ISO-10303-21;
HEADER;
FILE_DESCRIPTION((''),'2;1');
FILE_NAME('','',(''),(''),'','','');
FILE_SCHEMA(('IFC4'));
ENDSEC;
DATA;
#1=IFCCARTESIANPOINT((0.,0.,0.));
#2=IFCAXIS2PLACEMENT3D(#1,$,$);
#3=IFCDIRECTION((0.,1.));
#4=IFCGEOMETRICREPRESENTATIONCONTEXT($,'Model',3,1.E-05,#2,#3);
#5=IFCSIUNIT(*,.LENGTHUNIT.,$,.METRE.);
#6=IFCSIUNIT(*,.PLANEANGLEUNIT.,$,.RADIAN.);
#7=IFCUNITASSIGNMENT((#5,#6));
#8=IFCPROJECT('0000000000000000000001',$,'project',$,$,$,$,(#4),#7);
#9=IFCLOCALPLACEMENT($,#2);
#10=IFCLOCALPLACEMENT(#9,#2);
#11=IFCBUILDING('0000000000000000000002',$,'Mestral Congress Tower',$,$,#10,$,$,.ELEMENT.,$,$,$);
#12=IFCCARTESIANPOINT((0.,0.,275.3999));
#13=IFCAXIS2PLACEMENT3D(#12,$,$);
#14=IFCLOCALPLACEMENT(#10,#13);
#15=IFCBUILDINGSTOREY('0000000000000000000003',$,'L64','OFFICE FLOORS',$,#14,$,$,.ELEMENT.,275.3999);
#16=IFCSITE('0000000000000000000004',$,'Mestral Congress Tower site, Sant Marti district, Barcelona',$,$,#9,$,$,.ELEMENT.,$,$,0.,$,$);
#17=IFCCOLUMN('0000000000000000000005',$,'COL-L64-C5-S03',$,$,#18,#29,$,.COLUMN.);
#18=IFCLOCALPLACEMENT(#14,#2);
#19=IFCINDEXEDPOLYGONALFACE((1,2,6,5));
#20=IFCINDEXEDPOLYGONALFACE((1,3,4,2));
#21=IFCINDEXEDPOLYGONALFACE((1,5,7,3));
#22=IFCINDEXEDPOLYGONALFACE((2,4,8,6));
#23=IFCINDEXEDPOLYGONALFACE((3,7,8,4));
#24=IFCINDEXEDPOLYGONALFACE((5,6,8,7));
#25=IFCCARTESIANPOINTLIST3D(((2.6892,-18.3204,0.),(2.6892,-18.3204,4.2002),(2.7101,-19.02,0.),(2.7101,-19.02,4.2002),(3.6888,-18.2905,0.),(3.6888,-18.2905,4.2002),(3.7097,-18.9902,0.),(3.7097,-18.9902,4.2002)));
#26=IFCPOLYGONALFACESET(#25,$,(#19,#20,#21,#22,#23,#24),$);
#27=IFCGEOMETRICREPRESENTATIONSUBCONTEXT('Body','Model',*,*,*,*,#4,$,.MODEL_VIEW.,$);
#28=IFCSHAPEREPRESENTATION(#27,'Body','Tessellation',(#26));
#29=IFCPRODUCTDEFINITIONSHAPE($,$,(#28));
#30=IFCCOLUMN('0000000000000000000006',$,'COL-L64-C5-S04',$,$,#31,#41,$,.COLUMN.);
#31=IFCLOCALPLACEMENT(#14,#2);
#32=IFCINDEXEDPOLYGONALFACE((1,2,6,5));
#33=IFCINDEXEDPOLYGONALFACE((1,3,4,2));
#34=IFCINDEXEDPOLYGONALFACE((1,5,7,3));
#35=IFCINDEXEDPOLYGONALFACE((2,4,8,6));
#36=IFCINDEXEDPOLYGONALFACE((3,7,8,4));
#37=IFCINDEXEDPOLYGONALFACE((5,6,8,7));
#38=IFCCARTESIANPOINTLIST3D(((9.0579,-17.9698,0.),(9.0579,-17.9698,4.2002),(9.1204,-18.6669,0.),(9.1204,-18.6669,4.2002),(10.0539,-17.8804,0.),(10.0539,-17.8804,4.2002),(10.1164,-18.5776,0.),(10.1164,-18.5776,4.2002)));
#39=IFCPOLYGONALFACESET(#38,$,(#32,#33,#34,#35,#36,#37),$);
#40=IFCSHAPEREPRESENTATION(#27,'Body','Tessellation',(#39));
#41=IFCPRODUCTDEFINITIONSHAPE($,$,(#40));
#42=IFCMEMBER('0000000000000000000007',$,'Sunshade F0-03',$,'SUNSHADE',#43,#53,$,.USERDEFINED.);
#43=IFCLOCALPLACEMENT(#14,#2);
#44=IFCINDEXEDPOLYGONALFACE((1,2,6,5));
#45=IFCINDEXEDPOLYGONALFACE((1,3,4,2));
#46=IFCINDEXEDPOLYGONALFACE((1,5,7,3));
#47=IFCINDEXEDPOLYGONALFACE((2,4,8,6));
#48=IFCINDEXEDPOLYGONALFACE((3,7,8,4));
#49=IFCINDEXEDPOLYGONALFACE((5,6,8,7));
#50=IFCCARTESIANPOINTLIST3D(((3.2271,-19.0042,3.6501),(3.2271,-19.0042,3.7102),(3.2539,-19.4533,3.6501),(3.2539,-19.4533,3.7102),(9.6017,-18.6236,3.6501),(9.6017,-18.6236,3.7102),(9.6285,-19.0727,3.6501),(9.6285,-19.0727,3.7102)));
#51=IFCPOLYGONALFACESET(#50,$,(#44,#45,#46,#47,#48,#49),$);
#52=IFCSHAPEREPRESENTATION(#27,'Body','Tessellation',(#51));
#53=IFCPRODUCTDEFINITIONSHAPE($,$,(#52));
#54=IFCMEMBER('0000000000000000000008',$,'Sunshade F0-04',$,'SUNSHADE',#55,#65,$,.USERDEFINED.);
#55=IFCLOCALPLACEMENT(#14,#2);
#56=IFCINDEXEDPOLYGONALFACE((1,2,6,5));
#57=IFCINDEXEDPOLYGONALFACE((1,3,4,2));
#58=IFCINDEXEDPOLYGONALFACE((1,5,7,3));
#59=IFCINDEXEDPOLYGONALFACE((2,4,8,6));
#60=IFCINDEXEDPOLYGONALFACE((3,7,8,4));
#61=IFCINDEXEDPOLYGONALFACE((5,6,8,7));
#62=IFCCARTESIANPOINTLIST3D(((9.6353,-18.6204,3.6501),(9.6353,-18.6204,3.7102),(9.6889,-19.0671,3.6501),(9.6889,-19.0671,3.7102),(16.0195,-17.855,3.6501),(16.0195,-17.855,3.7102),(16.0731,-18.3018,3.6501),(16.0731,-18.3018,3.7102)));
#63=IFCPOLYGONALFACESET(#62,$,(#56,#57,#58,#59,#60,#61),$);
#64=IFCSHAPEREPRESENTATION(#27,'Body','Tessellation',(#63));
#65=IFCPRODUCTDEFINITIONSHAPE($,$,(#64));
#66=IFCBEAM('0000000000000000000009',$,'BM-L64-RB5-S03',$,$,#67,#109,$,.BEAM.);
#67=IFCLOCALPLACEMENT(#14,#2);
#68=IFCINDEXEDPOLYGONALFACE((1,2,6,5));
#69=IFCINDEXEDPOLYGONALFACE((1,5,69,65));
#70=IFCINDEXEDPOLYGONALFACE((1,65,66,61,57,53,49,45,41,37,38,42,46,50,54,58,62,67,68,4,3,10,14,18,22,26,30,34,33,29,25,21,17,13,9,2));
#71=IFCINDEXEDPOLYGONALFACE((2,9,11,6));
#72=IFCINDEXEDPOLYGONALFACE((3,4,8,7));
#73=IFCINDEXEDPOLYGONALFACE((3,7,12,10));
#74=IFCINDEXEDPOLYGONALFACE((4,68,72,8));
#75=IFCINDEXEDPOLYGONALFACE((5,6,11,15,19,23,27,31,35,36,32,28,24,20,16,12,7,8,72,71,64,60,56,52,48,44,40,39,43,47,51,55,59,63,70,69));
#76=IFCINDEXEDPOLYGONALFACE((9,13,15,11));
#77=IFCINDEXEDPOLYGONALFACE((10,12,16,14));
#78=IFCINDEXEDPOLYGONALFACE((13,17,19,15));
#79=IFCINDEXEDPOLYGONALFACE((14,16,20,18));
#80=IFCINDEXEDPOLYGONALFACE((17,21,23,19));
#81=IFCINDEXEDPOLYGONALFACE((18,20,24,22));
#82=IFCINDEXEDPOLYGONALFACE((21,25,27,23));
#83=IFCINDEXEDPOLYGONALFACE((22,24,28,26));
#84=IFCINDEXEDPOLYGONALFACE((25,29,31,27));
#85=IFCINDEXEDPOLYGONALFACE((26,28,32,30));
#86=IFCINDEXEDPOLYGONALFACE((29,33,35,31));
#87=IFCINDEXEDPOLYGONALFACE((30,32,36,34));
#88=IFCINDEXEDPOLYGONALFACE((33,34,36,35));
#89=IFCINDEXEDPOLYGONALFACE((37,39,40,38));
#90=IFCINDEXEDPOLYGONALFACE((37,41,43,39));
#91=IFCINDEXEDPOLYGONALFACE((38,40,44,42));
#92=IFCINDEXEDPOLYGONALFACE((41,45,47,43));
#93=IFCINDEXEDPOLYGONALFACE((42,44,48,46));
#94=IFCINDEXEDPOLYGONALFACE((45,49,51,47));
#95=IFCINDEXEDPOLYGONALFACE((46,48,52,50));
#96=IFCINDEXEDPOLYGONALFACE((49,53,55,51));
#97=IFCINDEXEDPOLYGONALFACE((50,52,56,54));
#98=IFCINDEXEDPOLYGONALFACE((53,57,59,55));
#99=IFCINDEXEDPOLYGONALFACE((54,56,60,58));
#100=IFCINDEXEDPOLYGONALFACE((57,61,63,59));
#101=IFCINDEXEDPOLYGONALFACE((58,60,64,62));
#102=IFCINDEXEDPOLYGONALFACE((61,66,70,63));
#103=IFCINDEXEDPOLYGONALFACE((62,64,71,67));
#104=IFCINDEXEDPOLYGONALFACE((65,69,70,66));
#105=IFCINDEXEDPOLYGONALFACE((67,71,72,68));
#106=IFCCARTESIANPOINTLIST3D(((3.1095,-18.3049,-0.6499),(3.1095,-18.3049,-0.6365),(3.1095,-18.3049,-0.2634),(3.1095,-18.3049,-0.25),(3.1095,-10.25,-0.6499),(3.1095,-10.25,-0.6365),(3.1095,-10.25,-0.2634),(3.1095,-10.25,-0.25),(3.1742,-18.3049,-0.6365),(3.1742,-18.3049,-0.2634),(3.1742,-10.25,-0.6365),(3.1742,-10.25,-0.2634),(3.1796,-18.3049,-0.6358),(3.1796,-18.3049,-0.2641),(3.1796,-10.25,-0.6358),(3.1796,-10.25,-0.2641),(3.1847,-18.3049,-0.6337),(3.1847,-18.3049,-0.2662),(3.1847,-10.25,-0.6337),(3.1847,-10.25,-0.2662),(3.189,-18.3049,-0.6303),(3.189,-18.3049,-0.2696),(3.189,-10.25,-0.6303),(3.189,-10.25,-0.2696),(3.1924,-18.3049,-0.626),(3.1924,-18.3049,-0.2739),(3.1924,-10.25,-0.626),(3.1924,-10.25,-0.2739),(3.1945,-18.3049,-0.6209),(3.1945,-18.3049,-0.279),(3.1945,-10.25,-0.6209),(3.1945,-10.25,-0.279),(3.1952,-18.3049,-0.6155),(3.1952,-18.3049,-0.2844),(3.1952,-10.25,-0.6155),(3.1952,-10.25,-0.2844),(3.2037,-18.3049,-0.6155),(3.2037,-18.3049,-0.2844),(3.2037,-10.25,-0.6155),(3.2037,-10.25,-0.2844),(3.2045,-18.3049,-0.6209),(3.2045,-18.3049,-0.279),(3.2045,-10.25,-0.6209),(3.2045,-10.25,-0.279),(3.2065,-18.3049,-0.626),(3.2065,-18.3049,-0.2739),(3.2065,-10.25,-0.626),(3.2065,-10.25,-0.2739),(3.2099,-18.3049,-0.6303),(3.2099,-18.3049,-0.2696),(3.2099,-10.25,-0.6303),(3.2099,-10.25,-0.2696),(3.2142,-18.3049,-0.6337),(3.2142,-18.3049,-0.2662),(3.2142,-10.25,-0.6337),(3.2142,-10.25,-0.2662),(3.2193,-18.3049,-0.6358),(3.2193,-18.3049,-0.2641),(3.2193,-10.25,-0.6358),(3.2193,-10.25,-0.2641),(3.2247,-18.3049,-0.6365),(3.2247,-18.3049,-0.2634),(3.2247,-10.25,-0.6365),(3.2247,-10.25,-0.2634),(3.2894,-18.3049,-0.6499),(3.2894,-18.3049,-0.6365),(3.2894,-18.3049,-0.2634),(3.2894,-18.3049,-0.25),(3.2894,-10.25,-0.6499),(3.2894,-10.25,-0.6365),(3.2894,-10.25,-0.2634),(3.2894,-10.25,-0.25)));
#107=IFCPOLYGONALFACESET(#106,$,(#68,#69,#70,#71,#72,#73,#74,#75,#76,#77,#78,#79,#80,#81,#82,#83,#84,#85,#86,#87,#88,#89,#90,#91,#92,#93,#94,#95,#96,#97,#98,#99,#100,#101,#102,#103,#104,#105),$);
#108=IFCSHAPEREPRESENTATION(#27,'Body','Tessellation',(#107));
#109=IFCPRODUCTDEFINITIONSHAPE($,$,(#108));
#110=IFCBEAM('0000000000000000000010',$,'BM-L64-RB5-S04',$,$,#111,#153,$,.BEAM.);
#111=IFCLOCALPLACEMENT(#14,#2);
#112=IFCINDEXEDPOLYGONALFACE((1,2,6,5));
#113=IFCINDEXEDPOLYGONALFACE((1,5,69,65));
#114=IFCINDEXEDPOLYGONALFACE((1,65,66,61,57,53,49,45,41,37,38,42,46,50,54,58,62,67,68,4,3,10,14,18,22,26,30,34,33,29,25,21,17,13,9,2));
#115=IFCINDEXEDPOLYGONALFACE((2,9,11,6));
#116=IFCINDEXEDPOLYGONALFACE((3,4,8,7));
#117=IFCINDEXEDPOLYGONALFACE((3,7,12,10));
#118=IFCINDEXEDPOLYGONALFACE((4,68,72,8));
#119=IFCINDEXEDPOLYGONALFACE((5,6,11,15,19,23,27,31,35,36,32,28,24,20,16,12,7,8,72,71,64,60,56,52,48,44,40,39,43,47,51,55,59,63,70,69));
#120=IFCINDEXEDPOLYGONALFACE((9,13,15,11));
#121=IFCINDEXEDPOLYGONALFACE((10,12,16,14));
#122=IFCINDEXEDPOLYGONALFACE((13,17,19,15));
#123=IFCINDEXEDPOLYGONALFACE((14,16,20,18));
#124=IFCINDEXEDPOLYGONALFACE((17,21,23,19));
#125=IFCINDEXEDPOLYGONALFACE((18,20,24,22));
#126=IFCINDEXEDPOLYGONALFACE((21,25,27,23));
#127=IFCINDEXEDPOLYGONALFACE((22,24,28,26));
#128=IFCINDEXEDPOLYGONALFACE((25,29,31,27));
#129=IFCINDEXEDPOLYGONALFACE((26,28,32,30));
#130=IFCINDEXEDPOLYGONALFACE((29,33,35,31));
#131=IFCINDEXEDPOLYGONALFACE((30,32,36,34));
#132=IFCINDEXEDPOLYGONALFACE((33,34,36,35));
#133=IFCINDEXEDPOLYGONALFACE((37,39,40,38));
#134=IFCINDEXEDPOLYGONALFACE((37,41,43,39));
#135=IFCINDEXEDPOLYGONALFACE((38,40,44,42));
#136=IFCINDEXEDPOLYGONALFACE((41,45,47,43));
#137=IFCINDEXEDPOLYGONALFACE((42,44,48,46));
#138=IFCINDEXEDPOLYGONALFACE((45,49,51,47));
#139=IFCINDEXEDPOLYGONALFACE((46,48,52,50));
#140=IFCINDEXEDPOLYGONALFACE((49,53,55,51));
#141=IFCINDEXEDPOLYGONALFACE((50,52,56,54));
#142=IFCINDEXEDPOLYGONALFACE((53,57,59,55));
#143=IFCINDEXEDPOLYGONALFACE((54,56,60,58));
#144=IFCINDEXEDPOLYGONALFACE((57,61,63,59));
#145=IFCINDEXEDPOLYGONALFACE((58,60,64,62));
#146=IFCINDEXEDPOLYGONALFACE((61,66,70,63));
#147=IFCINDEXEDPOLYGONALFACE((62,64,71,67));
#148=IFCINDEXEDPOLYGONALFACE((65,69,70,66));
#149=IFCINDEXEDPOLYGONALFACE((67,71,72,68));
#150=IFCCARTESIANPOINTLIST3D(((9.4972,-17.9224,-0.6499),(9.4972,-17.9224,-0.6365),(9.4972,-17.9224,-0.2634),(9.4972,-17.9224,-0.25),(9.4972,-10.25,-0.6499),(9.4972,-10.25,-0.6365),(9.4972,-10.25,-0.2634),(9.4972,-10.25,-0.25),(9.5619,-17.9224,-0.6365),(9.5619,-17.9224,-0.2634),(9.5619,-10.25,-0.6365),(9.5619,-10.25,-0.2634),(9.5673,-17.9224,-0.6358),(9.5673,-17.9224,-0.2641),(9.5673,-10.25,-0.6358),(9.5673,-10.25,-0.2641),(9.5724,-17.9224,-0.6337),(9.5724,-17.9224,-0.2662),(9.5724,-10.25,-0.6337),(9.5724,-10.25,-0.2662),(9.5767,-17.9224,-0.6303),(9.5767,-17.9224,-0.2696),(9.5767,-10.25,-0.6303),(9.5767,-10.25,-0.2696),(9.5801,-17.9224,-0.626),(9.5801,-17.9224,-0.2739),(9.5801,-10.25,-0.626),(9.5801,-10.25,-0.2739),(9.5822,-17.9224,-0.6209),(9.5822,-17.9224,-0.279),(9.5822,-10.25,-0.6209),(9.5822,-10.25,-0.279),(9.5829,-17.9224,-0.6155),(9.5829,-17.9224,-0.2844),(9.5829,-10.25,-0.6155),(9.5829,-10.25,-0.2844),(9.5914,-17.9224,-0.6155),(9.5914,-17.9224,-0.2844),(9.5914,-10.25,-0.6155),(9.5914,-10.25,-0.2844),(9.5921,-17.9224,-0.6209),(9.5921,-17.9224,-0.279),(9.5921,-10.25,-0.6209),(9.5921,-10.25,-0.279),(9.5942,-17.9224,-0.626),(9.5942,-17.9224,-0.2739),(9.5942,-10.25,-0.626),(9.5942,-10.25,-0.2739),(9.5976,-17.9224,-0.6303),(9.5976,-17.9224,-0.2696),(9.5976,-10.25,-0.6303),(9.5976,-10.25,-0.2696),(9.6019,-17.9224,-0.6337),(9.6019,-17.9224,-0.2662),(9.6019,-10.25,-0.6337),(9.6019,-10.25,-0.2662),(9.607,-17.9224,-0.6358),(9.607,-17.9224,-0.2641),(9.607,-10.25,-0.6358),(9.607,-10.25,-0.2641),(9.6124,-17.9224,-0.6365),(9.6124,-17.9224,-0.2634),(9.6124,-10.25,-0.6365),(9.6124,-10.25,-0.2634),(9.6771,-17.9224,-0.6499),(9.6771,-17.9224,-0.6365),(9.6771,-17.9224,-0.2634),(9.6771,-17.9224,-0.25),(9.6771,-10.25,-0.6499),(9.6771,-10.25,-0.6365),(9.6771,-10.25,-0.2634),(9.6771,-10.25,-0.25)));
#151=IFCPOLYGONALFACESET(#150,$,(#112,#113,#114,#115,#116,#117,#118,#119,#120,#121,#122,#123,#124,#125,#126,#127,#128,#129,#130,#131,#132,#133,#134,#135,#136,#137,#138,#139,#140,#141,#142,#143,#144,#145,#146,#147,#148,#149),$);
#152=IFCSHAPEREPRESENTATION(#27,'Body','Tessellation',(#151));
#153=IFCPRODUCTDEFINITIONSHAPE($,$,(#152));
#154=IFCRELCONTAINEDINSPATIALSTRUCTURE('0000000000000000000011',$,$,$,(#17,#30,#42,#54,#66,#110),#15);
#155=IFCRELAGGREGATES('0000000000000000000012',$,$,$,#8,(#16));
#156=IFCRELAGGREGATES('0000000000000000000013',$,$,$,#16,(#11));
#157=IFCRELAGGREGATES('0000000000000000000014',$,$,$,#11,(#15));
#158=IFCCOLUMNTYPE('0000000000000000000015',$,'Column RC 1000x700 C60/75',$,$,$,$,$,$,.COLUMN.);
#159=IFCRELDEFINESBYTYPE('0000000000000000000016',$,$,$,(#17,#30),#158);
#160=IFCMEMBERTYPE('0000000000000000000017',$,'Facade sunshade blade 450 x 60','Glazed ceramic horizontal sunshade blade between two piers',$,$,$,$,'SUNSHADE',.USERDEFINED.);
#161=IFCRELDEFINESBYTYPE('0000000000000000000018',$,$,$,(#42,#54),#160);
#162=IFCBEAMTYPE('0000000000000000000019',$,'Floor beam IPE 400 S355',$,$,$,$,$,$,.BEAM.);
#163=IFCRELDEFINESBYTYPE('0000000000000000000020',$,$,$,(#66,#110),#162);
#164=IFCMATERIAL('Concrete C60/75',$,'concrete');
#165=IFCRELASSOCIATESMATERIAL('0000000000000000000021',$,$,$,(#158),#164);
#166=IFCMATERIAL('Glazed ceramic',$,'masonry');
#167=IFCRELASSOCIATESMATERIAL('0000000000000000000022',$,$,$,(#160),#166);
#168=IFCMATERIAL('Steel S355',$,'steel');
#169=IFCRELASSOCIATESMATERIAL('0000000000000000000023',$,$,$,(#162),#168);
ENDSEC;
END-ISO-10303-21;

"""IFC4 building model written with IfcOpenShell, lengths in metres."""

from ifc_helpers import new_model, si_unit, direction, frame, origin, origin_2d, place, context, subcontext, project, spatial, rectangle, i_section, extrude, material, material_profile, profile_set, type_object, element, save


model = new_model("IFC4")

# Units and contexts
model_context = context("Model", 3, precision=1e-05, world=origin(), true_north=direction((0.0, 1.0)))
body_context = subcontext(model_context, "Body", "Model", "MODEL_VIEW")
ifc_project = project(units=[si_unit("LENGTHUNIT", "METRE"), si_unit("PLANEANGLEUNIT", "RADIAN")], contexts=[model_context])

# Site, building, storey
site_placement = place(None, origin())
site = spatial("IfcSite", under=ifc_project, at=site_placement, Name="Mestral Congress Tower site, Sant Marti district, Barcelona", CompositionType="ELEMENT", RefElevation=0.0)
building_placement = place(site_placement, origin())
building = spatial("IfcBuilding", under=site, at=building_placement, Name="Mestral Congress Tower", CompositionType="ELEMENT")
storey_placement = place(building_placement, frame((0.0, 0.0, 275.3999)))
storey = spatial("IfcBuildingStorey", under=building, at=storey_placement, Name="L64", Description="OFFICE FLOORS", CompositionType="ELEMENT", Elevation=275.3999)

# Columns
ifc_material_1 = material(Name="Concrete C60/75", Category="concrete")
ifc_material_profile_1 = material_profile(ifc_material_1, rectangle(XDim=1.0, YDim=0.7, at=origin_2d()), Name="RC 1000x700")
ifc_profile_set_1 = profile_set([ifc_material_profile_1], Name="Concrete C60/75")
column_type = type_object("IfcColumnType", Name="Column RC 1000x700 C60/75", PredefinedType="COLUMN", material=ifc_profile_set_1)
for number, where, z_axis, x_axis, name in (
    (1, (3.1995, -18.6553, 0.0), (0.0, 0.0, 1.0), (0.999555, 0.029828, 0.0), "COL-L64-C5-S03"),
    (2, (9.5872, -18.2737, 0.0), (0.0, 0.0, 1.0), (0.995998, 0.089378, 0.0), "COL-L64-C5-S04"),
):
    element("IfcColumn", number, at=place(storey_placement, frame(where, z_axis=z_axis, x_axis=x_axis)), inside=storey, type_object=column_type, Name=name, PredefinedType="COLUMN", context=body_context, shape_type="SweptSolid", body=[
        extrude(rectangle(XDim=1.0, YDim=0.7, at=origin_2d()), origin(), (0.0, 0.0, 1.0), 4.2002),
    ])

# Members
ifc_material_2 = material(Name="Glazed ceramic", Category="masonry")
ifc_material_profile_2 = material_profile(ifc_material_2, rectangle(XDim=0.45, YDim=0.0601, at=origin_2d()), Name="Ceramic blade 450 x 60")
ifc_profile_set_2 = profile_set([ifc_material_profile_2], Name="Glazed ceramic")
member_type = type_object("IfcMemberType", Name="Facade sunshade blade 450 x 60", Description="Glazed ceramic horizontal sunshade blade between two piers", ElementType="SUNSHADE", PredefinedType="USERDEFINED", material=ifc_profile_set_2)
member_1_placement = place(storey_placement, frame((3.2405, -19.2288, 3.6802), z_axis=(0.998222, 0.059603, 0.0), x_axis=(-0.059603, 0.998222, 0.0)))
element("IfcMember", 3, at=member_1_placement, inside=storey, type_object=member_type, Name="Sunshade F0-03", ObjectType="SUNSHADE", PredefinedType="USERDEFINED", context=body_context, shape_type="SweptSolid", body=[
    extrude(rectangle(XDim=0.45, YDim=0.0601, at=origin_2d()), origin(), (0.0, 0.0, 1.0), 6.386),
])
member_2_placement = place(storey_placement, frame((9.6621, -18.8438, 3.6802), z_axis=(0.99289, 0.119033, 0.0), x_axis=(-0.119033, 0.99289, 0.0)))
element("IfcMember", 4, at=member_2_placement, inside=storey, type_object=member_type, Name="Sunshade F0-04", ObjectType="SUNSHADE", PredefinedType="USERDEFINED", context=body_context, shape_type="SweptSolid", body=[
    extrude(rectangle(XDim=0.45, YDim=0.0601, at=origin_2d()), origin(), (0.0, 0.0, 1.0), 6.4299),
])

# Beams
ifc_material_3 = material(Name="Steel S355", Category="steel")
ifc_material_profile_3 = material_profile(ifc_material_3, i_section(OverallWidth=0.1799, OverallDepth=0.3999, WebThickness=0.0085, FlangeThickness=0.0134, FilletRadius=0.021, at=origin_2d()), Name="IPE 400")
ifc_profile_set_3 = profile_set([ifc_material_profile_3], Name="Steel S355")
beam_type_1 = type_object("IfcBeamType", Name="Floor beam IPE 400 S355", PredefinedType="BEAM", material=ifc_profile_set_3)
beam_1_placement = place(storey_placement, frame((3.1995, -18.3049, -0.45), z_axis=(0.0, 1.0, 0.0), x_axis=(-1.0, 0.0, 0.0)))
element("IfcBeam", 5, at=beam_1_placement, inside=storey, type_object=beam_type_1, Name="BM-L64-RB5-S03", PredefinedType="BEAM", context=body_context, shape_type="SweptSolid", body=[
    extrude(i_section(OverallWidth=0.1799, OverallDepth=0.3999, WebThickness=0.0085, FlangeThickness=0.0134, FilletRadius=0.021, at=origin_2d()), origin(), (0.0, 0.0, 1.0), 8.0549),
])
beam_2_placement = place(storey_placement, frame((9.5872, -17.9224, -0.45), z_axis=(0.0, 1.0, 0.0), x_axis=(-1.0, 0.0, 0.0)))
element("IfcBeam", 6, at=beam_2_placement, inside=storey, type_object=beam_type_1, Name="BM-L64-RB5-S04", PredefinedType="BEAM", context=body_context, shape_type="SweptSolid", body=[
    extrude(i_section(OverallWidth=0.1799, OverallDepth=0.3999, WebThickness=0.0085, FlangeThickness=0.0134, FilletRadius=0.021, at=origin_2d()), origin(), (0.0, 0.0, 1.0), 7.6724),
])

save(model, "model.ifc")
